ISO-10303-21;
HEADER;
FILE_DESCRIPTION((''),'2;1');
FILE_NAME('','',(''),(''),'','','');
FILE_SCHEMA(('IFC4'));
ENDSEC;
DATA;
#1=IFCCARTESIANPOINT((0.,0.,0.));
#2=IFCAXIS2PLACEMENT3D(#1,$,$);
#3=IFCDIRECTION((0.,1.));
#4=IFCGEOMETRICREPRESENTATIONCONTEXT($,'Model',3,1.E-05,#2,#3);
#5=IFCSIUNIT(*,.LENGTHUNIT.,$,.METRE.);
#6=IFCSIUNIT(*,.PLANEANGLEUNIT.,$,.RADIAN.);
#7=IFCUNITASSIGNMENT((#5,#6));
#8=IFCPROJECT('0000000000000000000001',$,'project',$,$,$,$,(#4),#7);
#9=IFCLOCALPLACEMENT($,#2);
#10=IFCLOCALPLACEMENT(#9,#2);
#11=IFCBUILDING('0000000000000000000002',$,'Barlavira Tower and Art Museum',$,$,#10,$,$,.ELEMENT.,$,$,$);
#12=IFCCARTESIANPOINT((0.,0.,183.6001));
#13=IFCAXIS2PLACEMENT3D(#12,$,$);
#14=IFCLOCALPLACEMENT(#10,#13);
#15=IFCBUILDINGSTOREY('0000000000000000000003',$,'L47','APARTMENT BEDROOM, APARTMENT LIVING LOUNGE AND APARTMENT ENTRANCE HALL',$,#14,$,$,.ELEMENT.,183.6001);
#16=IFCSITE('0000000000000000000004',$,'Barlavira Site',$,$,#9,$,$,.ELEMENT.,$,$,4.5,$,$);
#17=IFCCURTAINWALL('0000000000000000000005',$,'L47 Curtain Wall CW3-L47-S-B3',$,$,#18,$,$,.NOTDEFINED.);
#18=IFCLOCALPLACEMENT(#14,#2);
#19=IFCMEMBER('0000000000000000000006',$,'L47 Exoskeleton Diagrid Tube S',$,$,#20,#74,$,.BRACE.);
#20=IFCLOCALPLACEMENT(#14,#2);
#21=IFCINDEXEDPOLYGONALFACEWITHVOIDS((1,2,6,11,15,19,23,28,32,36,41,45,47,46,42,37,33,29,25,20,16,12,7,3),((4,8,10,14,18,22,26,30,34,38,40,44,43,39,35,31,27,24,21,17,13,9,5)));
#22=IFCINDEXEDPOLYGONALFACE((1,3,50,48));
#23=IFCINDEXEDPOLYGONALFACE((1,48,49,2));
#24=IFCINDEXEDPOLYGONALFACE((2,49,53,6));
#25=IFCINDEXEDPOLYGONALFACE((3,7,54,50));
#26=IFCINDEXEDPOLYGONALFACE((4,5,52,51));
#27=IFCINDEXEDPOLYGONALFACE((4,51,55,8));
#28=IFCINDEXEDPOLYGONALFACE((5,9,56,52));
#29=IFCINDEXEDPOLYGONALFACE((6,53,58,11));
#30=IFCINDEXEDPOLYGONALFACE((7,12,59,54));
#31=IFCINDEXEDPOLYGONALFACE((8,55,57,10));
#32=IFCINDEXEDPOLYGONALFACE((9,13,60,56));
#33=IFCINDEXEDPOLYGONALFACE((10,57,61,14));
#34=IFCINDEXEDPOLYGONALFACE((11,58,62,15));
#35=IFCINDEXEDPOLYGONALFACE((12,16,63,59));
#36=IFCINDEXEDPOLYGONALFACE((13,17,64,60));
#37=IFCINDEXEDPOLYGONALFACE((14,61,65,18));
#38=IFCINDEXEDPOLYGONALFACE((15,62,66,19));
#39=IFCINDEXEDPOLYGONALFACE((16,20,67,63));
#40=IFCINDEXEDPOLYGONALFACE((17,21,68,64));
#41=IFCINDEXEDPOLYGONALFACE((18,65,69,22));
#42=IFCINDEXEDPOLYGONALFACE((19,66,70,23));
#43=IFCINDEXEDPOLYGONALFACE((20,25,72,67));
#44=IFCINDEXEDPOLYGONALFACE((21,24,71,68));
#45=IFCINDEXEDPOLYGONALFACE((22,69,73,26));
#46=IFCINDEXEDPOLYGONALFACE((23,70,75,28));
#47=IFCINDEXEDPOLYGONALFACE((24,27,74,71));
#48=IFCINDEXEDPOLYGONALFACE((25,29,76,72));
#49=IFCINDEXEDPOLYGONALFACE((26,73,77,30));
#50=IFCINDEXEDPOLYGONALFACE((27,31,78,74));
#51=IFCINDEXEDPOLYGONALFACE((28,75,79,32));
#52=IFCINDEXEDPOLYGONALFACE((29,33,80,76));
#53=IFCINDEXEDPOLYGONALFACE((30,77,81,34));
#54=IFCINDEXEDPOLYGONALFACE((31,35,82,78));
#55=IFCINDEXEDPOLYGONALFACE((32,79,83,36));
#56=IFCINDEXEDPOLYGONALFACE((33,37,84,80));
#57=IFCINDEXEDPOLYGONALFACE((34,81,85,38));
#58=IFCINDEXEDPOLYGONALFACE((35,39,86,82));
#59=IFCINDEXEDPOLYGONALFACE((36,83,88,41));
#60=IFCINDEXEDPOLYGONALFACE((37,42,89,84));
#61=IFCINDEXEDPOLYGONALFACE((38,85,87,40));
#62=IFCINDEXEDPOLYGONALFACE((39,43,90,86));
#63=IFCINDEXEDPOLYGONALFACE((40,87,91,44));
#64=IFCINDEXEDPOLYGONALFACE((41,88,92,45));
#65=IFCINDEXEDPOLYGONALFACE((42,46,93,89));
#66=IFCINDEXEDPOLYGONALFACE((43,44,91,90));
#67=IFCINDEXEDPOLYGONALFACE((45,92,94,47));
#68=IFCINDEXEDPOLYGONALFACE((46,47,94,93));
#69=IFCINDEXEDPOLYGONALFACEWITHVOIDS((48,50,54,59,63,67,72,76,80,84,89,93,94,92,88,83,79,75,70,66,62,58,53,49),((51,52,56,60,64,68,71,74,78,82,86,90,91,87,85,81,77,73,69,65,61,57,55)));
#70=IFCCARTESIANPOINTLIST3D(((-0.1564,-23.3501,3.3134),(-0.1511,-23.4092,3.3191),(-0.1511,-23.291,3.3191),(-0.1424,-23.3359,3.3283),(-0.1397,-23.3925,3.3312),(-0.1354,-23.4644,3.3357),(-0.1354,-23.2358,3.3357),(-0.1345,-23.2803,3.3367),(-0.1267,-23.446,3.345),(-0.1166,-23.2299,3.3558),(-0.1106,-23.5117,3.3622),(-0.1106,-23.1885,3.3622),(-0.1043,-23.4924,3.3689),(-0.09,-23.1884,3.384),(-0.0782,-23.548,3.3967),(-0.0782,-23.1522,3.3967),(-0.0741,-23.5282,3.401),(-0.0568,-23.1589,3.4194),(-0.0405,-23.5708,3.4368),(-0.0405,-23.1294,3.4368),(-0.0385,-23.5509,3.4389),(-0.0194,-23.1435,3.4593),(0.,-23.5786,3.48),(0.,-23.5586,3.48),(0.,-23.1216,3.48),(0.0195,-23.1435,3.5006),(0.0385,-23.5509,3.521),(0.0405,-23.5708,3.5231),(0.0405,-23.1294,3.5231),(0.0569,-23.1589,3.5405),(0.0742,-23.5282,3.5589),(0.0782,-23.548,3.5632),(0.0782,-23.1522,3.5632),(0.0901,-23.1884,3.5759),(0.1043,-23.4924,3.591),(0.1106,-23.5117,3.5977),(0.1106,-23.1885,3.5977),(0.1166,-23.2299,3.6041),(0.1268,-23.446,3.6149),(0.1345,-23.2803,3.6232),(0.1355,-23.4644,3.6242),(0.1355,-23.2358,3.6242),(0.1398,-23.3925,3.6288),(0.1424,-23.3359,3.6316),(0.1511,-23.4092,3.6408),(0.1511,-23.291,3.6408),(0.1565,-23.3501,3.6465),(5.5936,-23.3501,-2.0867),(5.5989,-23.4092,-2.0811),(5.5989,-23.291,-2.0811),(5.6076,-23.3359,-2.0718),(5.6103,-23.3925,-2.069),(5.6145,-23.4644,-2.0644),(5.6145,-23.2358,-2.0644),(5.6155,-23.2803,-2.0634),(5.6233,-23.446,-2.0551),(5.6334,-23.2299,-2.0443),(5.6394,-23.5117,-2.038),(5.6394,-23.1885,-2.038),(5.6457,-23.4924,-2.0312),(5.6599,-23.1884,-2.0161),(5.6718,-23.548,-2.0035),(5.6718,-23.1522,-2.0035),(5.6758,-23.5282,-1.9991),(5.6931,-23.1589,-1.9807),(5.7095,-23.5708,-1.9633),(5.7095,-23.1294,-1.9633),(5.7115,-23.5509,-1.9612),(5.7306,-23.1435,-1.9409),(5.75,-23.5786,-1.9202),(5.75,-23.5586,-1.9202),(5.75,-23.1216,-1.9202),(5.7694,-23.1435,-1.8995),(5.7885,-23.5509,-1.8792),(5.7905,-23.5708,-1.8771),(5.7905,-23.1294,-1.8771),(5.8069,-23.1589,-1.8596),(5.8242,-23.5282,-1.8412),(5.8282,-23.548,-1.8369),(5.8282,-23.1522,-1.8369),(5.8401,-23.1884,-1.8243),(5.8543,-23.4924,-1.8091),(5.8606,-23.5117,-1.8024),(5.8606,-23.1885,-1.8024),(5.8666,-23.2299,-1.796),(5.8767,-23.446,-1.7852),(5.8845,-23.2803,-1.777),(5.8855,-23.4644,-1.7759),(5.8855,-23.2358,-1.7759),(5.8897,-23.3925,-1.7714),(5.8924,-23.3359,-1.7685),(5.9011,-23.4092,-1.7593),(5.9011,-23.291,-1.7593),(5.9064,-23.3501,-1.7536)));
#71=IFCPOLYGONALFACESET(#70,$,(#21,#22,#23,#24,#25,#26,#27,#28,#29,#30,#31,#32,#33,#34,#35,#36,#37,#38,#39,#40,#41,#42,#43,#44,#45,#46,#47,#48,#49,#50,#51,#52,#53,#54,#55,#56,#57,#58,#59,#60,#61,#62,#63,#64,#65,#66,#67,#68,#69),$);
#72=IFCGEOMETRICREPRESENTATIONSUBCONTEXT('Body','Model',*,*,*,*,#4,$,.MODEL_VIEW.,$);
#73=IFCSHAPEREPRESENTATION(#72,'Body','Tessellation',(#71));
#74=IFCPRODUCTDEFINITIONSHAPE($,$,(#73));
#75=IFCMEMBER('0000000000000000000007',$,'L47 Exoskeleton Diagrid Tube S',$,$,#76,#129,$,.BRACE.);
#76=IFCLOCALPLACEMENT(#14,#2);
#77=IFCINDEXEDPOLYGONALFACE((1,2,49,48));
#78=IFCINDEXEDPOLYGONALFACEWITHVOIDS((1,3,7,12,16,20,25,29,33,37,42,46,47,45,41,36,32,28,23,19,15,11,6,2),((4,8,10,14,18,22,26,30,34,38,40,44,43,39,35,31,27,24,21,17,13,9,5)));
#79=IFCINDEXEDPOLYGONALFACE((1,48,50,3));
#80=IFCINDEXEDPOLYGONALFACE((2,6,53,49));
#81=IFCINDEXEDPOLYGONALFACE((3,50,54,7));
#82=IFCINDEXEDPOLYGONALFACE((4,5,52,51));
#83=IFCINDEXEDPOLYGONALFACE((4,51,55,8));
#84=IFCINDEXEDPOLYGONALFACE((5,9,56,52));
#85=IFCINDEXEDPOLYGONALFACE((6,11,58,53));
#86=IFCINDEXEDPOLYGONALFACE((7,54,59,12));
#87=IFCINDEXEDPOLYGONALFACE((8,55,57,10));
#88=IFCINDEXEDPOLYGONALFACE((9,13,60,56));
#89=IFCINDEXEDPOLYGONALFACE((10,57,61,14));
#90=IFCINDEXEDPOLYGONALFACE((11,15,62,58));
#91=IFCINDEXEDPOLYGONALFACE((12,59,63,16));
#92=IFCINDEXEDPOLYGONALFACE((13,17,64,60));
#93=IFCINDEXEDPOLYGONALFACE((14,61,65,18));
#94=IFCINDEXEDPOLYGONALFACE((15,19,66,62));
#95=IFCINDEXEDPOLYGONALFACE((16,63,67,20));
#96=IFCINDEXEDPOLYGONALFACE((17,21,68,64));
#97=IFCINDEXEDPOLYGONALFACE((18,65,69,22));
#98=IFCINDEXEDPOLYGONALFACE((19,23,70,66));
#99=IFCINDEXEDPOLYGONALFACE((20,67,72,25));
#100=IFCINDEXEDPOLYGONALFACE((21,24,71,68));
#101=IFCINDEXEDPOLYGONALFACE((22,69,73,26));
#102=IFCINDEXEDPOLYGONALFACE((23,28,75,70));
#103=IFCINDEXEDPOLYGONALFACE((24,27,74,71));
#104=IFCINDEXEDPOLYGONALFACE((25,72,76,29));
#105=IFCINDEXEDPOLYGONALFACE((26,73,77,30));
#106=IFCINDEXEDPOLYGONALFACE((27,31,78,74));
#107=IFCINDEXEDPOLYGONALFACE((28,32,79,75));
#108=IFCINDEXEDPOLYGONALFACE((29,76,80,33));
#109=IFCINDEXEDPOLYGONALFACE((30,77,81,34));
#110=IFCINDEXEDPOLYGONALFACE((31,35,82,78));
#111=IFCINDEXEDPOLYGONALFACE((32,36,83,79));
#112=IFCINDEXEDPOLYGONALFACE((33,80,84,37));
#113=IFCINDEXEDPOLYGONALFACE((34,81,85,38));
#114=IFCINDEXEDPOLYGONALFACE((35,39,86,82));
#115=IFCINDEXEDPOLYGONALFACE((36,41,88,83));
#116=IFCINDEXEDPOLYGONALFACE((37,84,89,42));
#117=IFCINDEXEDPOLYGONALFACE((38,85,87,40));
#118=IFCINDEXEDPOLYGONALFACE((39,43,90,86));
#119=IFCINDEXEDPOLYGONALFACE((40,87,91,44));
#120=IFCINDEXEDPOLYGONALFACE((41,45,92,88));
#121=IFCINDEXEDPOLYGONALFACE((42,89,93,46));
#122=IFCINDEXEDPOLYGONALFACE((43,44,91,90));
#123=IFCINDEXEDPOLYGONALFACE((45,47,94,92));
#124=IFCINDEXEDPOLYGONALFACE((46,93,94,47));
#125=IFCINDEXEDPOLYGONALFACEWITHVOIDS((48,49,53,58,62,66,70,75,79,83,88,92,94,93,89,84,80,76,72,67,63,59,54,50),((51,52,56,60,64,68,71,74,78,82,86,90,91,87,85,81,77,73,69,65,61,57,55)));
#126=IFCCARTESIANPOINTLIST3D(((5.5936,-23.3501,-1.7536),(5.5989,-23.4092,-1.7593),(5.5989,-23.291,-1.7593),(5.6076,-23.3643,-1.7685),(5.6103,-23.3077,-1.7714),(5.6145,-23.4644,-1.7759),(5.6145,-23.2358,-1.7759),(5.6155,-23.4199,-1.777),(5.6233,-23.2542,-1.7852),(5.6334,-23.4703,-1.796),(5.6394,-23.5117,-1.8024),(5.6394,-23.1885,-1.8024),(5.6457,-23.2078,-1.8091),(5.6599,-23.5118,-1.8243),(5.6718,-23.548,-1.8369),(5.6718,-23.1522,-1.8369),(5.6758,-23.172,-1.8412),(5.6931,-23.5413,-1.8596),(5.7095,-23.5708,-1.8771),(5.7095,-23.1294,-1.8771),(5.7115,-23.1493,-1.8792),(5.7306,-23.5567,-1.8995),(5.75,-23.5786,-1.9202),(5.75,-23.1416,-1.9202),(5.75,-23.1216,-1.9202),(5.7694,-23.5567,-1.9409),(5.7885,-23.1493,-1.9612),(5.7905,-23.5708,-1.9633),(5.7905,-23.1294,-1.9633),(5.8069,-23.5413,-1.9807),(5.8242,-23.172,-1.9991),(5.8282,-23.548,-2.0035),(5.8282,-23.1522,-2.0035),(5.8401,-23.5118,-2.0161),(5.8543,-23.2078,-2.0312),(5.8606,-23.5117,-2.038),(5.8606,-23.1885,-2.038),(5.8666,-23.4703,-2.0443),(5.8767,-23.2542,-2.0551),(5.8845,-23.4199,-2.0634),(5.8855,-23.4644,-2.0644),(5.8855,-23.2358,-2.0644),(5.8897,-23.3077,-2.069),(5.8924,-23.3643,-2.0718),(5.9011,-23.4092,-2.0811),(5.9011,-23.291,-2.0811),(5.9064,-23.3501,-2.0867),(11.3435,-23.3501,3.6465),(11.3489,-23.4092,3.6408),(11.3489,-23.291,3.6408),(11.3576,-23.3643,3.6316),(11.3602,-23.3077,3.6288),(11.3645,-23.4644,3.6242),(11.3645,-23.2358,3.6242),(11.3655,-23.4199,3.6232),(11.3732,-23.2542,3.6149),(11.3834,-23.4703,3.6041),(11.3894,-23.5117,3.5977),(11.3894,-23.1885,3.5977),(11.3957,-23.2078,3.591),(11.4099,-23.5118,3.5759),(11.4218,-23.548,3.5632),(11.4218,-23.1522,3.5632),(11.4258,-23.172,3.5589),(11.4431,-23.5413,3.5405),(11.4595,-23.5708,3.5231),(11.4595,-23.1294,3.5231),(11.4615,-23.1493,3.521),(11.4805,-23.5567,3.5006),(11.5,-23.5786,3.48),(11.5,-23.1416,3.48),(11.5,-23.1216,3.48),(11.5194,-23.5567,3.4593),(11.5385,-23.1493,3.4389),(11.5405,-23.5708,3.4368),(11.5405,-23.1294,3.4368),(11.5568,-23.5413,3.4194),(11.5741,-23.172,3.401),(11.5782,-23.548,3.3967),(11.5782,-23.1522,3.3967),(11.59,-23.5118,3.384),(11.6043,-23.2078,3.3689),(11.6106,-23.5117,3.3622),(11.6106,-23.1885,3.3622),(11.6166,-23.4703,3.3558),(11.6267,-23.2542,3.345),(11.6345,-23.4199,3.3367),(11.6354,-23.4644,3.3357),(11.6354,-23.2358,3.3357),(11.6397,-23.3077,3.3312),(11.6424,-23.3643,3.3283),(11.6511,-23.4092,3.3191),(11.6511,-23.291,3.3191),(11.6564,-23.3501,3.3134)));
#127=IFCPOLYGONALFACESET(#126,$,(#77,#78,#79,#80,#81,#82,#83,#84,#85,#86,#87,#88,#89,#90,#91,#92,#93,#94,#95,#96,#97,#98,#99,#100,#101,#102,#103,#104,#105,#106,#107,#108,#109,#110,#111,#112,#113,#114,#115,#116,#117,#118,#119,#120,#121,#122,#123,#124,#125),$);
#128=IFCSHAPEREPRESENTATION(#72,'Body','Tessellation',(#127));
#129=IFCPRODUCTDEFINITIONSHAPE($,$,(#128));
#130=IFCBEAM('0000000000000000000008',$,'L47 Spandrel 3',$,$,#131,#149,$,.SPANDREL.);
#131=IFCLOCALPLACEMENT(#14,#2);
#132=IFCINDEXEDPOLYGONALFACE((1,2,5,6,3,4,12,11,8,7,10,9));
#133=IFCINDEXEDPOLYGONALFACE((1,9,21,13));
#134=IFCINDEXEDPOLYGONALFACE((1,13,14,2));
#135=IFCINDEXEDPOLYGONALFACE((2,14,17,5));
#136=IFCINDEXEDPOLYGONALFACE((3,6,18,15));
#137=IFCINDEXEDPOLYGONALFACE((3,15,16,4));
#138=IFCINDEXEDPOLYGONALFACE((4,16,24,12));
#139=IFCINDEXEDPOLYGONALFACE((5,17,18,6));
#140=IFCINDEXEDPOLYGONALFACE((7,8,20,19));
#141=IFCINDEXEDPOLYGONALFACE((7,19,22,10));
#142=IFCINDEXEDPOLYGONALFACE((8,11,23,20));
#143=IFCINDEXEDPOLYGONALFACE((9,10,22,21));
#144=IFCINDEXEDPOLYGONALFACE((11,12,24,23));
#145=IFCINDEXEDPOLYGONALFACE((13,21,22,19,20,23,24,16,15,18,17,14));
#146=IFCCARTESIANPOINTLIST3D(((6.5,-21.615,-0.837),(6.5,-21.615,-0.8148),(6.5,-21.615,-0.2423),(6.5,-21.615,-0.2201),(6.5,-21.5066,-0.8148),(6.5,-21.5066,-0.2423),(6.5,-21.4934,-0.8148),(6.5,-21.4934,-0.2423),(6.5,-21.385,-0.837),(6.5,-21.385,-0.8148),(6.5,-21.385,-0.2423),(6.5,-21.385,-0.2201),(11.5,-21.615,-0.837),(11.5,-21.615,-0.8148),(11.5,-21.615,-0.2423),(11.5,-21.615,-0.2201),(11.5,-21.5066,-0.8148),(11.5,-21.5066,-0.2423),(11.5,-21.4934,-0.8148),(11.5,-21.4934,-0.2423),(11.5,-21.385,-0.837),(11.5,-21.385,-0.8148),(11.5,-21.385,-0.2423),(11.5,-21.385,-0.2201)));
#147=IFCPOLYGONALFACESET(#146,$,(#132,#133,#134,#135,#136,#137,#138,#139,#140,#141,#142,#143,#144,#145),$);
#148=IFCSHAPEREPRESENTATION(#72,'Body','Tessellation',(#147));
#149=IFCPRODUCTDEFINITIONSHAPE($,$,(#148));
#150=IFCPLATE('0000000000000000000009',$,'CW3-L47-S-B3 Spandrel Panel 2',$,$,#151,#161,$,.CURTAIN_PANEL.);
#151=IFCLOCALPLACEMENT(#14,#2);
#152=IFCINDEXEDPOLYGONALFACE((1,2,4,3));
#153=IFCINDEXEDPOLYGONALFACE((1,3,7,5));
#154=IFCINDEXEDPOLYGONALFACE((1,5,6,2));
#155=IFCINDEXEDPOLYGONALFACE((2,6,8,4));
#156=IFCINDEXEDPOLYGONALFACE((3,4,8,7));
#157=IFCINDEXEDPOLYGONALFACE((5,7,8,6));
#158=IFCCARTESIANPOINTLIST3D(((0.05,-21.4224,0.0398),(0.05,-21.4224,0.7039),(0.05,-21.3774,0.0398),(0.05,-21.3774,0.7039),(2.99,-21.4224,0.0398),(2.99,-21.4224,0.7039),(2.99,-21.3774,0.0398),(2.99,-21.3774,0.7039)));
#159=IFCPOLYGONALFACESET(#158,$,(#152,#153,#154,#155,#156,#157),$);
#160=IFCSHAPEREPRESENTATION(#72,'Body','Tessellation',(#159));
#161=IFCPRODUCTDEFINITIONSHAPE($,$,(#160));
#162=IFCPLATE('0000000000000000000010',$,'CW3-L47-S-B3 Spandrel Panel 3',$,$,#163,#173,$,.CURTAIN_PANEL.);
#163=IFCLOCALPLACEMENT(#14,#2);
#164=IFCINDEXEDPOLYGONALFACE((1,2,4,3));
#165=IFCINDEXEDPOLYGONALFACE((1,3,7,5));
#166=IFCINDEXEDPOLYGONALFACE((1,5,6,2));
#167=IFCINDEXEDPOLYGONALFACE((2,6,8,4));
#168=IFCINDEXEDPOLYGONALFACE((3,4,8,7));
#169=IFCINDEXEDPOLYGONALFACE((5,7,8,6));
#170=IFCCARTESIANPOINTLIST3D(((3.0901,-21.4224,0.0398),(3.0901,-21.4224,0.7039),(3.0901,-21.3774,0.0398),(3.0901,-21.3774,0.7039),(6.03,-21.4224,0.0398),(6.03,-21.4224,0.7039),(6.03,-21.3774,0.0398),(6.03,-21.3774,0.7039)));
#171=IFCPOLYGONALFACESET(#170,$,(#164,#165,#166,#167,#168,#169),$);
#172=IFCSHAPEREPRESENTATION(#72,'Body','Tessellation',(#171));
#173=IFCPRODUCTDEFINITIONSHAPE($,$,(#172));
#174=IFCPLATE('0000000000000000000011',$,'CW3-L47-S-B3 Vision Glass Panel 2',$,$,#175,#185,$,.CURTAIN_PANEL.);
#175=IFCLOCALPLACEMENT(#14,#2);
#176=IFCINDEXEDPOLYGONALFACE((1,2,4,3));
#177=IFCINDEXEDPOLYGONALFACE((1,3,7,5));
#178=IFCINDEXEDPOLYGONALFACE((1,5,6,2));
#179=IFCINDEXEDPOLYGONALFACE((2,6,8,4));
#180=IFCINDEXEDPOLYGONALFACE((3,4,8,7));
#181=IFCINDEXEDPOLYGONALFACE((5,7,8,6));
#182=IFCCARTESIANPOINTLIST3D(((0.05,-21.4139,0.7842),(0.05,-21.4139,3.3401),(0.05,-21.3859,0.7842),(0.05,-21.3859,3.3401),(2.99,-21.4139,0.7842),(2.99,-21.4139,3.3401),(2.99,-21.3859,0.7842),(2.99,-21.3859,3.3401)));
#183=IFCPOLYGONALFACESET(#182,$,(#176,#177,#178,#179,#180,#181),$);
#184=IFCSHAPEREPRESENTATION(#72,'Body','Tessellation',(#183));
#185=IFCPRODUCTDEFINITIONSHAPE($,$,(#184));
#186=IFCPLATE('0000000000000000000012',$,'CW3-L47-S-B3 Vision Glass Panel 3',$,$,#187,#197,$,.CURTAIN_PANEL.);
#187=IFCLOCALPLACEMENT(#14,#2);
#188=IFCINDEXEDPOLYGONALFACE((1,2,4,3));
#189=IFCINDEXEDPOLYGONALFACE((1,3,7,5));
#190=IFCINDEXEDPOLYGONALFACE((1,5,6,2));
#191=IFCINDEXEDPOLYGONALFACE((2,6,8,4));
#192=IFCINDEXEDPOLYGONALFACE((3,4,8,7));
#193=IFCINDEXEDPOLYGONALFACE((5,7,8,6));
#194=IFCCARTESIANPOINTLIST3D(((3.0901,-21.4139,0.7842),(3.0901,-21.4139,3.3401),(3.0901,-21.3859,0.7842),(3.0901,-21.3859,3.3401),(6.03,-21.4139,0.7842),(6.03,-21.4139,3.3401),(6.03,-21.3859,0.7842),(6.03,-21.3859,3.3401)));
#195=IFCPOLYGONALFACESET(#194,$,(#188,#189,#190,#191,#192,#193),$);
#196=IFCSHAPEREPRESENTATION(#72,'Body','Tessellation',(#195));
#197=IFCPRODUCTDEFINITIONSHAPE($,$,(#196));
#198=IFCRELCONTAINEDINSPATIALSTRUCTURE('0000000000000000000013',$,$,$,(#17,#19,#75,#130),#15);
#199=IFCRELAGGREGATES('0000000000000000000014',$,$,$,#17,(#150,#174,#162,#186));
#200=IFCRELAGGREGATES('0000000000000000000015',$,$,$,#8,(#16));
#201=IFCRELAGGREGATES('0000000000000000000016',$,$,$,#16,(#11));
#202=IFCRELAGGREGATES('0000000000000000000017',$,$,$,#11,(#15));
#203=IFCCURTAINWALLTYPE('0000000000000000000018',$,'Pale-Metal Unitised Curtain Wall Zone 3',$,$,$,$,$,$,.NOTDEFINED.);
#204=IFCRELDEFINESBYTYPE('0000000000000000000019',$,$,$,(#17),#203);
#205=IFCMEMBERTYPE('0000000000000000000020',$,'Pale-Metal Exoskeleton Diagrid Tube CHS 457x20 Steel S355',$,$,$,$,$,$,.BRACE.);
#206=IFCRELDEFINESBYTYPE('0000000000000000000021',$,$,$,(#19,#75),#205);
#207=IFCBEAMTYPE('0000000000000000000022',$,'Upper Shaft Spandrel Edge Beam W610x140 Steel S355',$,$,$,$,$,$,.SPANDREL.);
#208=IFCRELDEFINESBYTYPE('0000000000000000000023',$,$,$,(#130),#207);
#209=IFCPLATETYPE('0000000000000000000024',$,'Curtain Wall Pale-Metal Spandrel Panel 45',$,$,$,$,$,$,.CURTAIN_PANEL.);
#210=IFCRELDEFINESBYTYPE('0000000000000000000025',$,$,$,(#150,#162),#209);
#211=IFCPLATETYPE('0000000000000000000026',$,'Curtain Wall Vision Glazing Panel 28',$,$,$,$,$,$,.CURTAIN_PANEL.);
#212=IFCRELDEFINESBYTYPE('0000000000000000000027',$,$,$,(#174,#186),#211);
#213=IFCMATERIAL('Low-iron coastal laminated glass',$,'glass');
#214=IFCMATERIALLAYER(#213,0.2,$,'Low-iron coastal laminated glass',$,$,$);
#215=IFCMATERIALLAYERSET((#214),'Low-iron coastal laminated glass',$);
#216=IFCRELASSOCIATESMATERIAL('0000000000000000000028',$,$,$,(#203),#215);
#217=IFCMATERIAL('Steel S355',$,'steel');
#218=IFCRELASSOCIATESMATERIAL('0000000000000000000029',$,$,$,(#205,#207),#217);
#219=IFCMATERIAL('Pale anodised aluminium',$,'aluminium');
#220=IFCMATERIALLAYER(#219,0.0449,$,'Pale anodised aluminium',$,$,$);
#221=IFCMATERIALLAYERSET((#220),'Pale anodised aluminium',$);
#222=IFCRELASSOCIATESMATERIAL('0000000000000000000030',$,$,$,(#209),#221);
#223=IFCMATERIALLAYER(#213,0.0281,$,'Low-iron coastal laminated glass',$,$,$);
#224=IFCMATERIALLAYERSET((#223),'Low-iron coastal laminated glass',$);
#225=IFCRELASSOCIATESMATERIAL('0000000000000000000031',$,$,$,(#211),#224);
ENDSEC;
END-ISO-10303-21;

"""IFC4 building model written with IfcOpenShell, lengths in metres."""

from ifc_helpers import new_model, si_unit, direction, frame, origin, origin_2d, place, context, subcontext, project, spatial, rectangle, hollow_circle, i_section, extrude, material, layer, layer_set, material_profile, profile_set, type_object, element, aggregate, save


model = new_model("IFC4")

# Units and contexts
model_context = context("Model", 3, precision=1e-05, world=origin(), true_north=direction((0.0, 1.0)))
body_context = subcontext(model_context, "Body", "Model", "MODEL_VIEW")
ifc_project = project(units=[si_unit("LENGTHUNIT", "METRE"), si_unit("PLANEANGLEUNIT", "RADIAN")], contexts=[model_context])

# Site, building, storey
site_placement = place(None, origin())
site = spatial("IfcSite", under=ifc_project, at=site_placement, Name="Barlavira Site", CompositionType="ELEMENT", RefElevation=4.5)
building_placement = place(site_placement, origin())
building = spatial("IfcBuilding", under=site, at=building_placement, Name="Barlavira Tower and Art Museum", CompositionType="ELEMENT")
storey_placement = place(building_placement, frame((0.0, 0.0, 183.6001)))
storey = spatial("IfcBuildingStorey", under=building, at=storey_placement, Name="L47", Description="APARTMENT BEDROOM, APARTMENT LIVING LOUNGE AND APARTMENT ENTRANCE HALL", CompositionType="ELEMENT", Elevation=183.6001)

# Curtain wall
ifc_material_1 = material(Name="Low-iron coastal laminated glass", Category="glass")
ifc_layer_1 = layer(ifc_material_1, 0.2, Name="Low-iron coastal laminated glass")
ifc_layer_set_1 = layer_set([ifc_layer_1], Name="Low-iron coastal laminated glass")
curtain_wall_type = type_object("IfcCurtainWallType", Name="Pale-Metal Unitised Curtain Wall Zone 3", PredefinedType="NOTDEFINED", material=ifc_layer_set_1)
curtain_wall_placement = place(storey_placement, origin())
curtain_wall = element("IfcCurtainWall", 1, at=curtain_wall_placement, inside=storey, type_object=curtain_wall_type, Name="L47 Curtain Wall CW3-L47-S-B3", PredefinedType="NOTDEFINED")
ifc_material_2 = material(Name="Pale anodised aluminium", Category="aluminium")

# Members
ifc_material_3 = material(Name="Steel S355", Category="steel")
ifc_material_profile_1 = material_profile(ifc_material_3, hollow_circle(Radius=0.2285, WallThickness=0.02, at=origin_2d()), Name="CHS 457.0x20.0")
ifc_profile_set_1 = profile_set([ifc_material_profile_1], Name="Steel S355")
member_type_1 = type_object("IfcMemberType", Name="Pale-Metal Exoskeleton Diagrid Tube CHS 457x20 Steel S355", PredefinedType="BRACE", material=ifc_profile_set_1)
for number, where, z_axis, x_axis, name in (
    (2, (5.75, -23.3501, -1.9202), (-0.728935, 0.0, 0.684583), (0.0, -1.0, 0.0), "L47 Exoskeleton Diagrid Tube S"),
    (3, (5.75, -23.3501, -1.9202), (0.728935, 0.0, 0.684583), (0.0, 1.0, 0.0), "L47 Exoskeleton Diagrid Tube S"),
):
    element("IfcMember", number, at=place(storey_placement, frame(where, z_axis=z_axis, x_axis=x_axis)), inside=storey, type_object=member_type_1, Name=name, PredefinedType="BRACE", context=body_context, shape_type="SweptSolid", body=[
        extrude(hollow_circle(Radius=0.2285, WallThickness=0.02, at=origin_2d()), origin(), (0.0, 0.0, 1.0), 7.8882),
    ])

# Beam
ifc_material_profile_2 = material_profile(ifc_material_3, i_section(OverallWidth=0.23, OverallDepth=0.6169, WebThickness=0.0132, FlangeThickness=0.0222, at=origin_2d()), Name="W610x140.0")
ifc_profile_set_2 = profile_set([ifc_material_profile_2], Name="Steel S355")
beam_type = type_object("IfcBeamType", Name="Upper Shaft Spandrel Edge Beam W610x140 Steel S355", PredefinedType="SPANDREL", material=ifc_profile_set_2)
beam_placement = place(storey_placement, frame((6.5, -21.5, -0.5286), z_axis=(1.0, 0.0, 0.0), x_axis=(0.0, 1.0, 0.0)))
element("IfcBeam", 4, at=beam_placement, inside=storey, type_object=beam_type, Name="L47 Spandrel 3", PredefinedType="SPANDREL", context=body_context, shape_type="SweptSolid", body=[
    extrude(i_section(OverallWidth=0.23, OverallDepth=0.6169, WebThickness=0.0132, FlangeThickness=0.0222, at=origin_2d()), origin(), (0.0, 0.0, 1.0), 5.0),
])

# Plates
ifc_layer_2 = layer(ifc_material_2, 0.0449, Name="Pale anodised aluminium")
ifc_layer_set_2 = layer_set([ifc_layer_2], Name="Pale anodised aluminium")
plate_type_1 = type_object("IfcPlateType", Name="Curtain Wall Pale-Metal Spandrel Panel 45", PredefinedType="CURTAIN_PANEL", material=ifc_layer_set_2)
plate_1_placement = place(storey_placement, frame((1.52, -21.3999, 0.0398), z_axis=(0.0, 0.0, 1.0), x_axis=(1.0, 0.0, 0.0)))
plate_1 = element("IfcPlate", 5, at=plate_1_placement, type_object=plate_type_1, Name="CW3-L47-S-B3 Spandrel Panel 2", PredefinedType="CURTAIN_PANEL", context=body_context, shape_type="SweptSolid", body=[
    extrude(rectangle(XDim=2.9399, YDim=0.0449, at=origin_2d()), origin(), (0.0, 0.0, 1.0), 0.6641),
])
plate_2_placement = place(storey_placement, frame((4.5601, -21.3999, 0.0398), z_axis=(0.0, 0.0, 1.0), x_axis=(1.0, 0.0, 0.0)))
plate_2 = element("IfcPlate", 6, at=plate_2_placement, type_object=plate_type_1, Name="CW3-L47-S-B3 Spandrel Panel 3", PredefinedType="CURTAIN_PANEL", context=body_context, shape_type="SweptSolid", body=[
    extrude(rectangle(XDim=2.9399, YDim=0.0449, at=origin_2d()), origin(), (0.0, 0.0, 1.0), 0.6641),
])
ifc_layer_3 = layer(ifc_material_1, 0.0281, Name="Low-iron coastal laminated glass")
ifc_layer_set_3 = layer_set([ifc_layer_3], Name="Low-iron coastal laminated glass")
plate_type_2 = type_object("IfcPlateType", Name="Curtain Wall Vision Glazing Panel 28", PredefinedType="CURTAIN_PANEL", material=ifc_layer_set_3)
plate_3_placement = place(storey_placement, frame((1.52, -21.3999, 0.7842), z_axis=(0.0, 0.0, 1.0), x_axis=(1.0, 0.0, 0.0)))
plate_3 = element("IfcPlate", 7, at=plate_3_placement, type_object=plate_type_2, Name="CW3-L47-S-B3 Vision Glass Panel 2", PredefinedType="CURTAIN_PANEL", context=body_context, shape_type="SweptSolid", body=[
    extrude(rectangle(XDim=2.9399, YDim=0.0281, at=origin_2d()), origin(), (0.0, 0.0, 1.0), 2.5559),
])
plate_4_placement = place(storey_placement, frame((4.5601, -21.3999, 0.7842), z_axis=(0.0, 0.0, 1.0), x_axis=(1.0, 0.0, 0.0)))
plate_4 = element("IfcPlate", 8, at=plate_4_placement, type_object=plate_type_2, Name="CW3-L47-S-B3 Vision Glass Panel 3", PredefinedType="CURTAIN_PANEL", context=body_context, shape_type="SweptSolid", body=[
    extrude(rectangle(XDim=2.9399, YDim=0.0281, at=origin_2d()), origin(), (0.0, 0.0, 1.0), 2.5559),
])
aggregate(curtain_wall, [plate_1, plate_3, plate_2, plate_4])

save(model, "model.ifc")
